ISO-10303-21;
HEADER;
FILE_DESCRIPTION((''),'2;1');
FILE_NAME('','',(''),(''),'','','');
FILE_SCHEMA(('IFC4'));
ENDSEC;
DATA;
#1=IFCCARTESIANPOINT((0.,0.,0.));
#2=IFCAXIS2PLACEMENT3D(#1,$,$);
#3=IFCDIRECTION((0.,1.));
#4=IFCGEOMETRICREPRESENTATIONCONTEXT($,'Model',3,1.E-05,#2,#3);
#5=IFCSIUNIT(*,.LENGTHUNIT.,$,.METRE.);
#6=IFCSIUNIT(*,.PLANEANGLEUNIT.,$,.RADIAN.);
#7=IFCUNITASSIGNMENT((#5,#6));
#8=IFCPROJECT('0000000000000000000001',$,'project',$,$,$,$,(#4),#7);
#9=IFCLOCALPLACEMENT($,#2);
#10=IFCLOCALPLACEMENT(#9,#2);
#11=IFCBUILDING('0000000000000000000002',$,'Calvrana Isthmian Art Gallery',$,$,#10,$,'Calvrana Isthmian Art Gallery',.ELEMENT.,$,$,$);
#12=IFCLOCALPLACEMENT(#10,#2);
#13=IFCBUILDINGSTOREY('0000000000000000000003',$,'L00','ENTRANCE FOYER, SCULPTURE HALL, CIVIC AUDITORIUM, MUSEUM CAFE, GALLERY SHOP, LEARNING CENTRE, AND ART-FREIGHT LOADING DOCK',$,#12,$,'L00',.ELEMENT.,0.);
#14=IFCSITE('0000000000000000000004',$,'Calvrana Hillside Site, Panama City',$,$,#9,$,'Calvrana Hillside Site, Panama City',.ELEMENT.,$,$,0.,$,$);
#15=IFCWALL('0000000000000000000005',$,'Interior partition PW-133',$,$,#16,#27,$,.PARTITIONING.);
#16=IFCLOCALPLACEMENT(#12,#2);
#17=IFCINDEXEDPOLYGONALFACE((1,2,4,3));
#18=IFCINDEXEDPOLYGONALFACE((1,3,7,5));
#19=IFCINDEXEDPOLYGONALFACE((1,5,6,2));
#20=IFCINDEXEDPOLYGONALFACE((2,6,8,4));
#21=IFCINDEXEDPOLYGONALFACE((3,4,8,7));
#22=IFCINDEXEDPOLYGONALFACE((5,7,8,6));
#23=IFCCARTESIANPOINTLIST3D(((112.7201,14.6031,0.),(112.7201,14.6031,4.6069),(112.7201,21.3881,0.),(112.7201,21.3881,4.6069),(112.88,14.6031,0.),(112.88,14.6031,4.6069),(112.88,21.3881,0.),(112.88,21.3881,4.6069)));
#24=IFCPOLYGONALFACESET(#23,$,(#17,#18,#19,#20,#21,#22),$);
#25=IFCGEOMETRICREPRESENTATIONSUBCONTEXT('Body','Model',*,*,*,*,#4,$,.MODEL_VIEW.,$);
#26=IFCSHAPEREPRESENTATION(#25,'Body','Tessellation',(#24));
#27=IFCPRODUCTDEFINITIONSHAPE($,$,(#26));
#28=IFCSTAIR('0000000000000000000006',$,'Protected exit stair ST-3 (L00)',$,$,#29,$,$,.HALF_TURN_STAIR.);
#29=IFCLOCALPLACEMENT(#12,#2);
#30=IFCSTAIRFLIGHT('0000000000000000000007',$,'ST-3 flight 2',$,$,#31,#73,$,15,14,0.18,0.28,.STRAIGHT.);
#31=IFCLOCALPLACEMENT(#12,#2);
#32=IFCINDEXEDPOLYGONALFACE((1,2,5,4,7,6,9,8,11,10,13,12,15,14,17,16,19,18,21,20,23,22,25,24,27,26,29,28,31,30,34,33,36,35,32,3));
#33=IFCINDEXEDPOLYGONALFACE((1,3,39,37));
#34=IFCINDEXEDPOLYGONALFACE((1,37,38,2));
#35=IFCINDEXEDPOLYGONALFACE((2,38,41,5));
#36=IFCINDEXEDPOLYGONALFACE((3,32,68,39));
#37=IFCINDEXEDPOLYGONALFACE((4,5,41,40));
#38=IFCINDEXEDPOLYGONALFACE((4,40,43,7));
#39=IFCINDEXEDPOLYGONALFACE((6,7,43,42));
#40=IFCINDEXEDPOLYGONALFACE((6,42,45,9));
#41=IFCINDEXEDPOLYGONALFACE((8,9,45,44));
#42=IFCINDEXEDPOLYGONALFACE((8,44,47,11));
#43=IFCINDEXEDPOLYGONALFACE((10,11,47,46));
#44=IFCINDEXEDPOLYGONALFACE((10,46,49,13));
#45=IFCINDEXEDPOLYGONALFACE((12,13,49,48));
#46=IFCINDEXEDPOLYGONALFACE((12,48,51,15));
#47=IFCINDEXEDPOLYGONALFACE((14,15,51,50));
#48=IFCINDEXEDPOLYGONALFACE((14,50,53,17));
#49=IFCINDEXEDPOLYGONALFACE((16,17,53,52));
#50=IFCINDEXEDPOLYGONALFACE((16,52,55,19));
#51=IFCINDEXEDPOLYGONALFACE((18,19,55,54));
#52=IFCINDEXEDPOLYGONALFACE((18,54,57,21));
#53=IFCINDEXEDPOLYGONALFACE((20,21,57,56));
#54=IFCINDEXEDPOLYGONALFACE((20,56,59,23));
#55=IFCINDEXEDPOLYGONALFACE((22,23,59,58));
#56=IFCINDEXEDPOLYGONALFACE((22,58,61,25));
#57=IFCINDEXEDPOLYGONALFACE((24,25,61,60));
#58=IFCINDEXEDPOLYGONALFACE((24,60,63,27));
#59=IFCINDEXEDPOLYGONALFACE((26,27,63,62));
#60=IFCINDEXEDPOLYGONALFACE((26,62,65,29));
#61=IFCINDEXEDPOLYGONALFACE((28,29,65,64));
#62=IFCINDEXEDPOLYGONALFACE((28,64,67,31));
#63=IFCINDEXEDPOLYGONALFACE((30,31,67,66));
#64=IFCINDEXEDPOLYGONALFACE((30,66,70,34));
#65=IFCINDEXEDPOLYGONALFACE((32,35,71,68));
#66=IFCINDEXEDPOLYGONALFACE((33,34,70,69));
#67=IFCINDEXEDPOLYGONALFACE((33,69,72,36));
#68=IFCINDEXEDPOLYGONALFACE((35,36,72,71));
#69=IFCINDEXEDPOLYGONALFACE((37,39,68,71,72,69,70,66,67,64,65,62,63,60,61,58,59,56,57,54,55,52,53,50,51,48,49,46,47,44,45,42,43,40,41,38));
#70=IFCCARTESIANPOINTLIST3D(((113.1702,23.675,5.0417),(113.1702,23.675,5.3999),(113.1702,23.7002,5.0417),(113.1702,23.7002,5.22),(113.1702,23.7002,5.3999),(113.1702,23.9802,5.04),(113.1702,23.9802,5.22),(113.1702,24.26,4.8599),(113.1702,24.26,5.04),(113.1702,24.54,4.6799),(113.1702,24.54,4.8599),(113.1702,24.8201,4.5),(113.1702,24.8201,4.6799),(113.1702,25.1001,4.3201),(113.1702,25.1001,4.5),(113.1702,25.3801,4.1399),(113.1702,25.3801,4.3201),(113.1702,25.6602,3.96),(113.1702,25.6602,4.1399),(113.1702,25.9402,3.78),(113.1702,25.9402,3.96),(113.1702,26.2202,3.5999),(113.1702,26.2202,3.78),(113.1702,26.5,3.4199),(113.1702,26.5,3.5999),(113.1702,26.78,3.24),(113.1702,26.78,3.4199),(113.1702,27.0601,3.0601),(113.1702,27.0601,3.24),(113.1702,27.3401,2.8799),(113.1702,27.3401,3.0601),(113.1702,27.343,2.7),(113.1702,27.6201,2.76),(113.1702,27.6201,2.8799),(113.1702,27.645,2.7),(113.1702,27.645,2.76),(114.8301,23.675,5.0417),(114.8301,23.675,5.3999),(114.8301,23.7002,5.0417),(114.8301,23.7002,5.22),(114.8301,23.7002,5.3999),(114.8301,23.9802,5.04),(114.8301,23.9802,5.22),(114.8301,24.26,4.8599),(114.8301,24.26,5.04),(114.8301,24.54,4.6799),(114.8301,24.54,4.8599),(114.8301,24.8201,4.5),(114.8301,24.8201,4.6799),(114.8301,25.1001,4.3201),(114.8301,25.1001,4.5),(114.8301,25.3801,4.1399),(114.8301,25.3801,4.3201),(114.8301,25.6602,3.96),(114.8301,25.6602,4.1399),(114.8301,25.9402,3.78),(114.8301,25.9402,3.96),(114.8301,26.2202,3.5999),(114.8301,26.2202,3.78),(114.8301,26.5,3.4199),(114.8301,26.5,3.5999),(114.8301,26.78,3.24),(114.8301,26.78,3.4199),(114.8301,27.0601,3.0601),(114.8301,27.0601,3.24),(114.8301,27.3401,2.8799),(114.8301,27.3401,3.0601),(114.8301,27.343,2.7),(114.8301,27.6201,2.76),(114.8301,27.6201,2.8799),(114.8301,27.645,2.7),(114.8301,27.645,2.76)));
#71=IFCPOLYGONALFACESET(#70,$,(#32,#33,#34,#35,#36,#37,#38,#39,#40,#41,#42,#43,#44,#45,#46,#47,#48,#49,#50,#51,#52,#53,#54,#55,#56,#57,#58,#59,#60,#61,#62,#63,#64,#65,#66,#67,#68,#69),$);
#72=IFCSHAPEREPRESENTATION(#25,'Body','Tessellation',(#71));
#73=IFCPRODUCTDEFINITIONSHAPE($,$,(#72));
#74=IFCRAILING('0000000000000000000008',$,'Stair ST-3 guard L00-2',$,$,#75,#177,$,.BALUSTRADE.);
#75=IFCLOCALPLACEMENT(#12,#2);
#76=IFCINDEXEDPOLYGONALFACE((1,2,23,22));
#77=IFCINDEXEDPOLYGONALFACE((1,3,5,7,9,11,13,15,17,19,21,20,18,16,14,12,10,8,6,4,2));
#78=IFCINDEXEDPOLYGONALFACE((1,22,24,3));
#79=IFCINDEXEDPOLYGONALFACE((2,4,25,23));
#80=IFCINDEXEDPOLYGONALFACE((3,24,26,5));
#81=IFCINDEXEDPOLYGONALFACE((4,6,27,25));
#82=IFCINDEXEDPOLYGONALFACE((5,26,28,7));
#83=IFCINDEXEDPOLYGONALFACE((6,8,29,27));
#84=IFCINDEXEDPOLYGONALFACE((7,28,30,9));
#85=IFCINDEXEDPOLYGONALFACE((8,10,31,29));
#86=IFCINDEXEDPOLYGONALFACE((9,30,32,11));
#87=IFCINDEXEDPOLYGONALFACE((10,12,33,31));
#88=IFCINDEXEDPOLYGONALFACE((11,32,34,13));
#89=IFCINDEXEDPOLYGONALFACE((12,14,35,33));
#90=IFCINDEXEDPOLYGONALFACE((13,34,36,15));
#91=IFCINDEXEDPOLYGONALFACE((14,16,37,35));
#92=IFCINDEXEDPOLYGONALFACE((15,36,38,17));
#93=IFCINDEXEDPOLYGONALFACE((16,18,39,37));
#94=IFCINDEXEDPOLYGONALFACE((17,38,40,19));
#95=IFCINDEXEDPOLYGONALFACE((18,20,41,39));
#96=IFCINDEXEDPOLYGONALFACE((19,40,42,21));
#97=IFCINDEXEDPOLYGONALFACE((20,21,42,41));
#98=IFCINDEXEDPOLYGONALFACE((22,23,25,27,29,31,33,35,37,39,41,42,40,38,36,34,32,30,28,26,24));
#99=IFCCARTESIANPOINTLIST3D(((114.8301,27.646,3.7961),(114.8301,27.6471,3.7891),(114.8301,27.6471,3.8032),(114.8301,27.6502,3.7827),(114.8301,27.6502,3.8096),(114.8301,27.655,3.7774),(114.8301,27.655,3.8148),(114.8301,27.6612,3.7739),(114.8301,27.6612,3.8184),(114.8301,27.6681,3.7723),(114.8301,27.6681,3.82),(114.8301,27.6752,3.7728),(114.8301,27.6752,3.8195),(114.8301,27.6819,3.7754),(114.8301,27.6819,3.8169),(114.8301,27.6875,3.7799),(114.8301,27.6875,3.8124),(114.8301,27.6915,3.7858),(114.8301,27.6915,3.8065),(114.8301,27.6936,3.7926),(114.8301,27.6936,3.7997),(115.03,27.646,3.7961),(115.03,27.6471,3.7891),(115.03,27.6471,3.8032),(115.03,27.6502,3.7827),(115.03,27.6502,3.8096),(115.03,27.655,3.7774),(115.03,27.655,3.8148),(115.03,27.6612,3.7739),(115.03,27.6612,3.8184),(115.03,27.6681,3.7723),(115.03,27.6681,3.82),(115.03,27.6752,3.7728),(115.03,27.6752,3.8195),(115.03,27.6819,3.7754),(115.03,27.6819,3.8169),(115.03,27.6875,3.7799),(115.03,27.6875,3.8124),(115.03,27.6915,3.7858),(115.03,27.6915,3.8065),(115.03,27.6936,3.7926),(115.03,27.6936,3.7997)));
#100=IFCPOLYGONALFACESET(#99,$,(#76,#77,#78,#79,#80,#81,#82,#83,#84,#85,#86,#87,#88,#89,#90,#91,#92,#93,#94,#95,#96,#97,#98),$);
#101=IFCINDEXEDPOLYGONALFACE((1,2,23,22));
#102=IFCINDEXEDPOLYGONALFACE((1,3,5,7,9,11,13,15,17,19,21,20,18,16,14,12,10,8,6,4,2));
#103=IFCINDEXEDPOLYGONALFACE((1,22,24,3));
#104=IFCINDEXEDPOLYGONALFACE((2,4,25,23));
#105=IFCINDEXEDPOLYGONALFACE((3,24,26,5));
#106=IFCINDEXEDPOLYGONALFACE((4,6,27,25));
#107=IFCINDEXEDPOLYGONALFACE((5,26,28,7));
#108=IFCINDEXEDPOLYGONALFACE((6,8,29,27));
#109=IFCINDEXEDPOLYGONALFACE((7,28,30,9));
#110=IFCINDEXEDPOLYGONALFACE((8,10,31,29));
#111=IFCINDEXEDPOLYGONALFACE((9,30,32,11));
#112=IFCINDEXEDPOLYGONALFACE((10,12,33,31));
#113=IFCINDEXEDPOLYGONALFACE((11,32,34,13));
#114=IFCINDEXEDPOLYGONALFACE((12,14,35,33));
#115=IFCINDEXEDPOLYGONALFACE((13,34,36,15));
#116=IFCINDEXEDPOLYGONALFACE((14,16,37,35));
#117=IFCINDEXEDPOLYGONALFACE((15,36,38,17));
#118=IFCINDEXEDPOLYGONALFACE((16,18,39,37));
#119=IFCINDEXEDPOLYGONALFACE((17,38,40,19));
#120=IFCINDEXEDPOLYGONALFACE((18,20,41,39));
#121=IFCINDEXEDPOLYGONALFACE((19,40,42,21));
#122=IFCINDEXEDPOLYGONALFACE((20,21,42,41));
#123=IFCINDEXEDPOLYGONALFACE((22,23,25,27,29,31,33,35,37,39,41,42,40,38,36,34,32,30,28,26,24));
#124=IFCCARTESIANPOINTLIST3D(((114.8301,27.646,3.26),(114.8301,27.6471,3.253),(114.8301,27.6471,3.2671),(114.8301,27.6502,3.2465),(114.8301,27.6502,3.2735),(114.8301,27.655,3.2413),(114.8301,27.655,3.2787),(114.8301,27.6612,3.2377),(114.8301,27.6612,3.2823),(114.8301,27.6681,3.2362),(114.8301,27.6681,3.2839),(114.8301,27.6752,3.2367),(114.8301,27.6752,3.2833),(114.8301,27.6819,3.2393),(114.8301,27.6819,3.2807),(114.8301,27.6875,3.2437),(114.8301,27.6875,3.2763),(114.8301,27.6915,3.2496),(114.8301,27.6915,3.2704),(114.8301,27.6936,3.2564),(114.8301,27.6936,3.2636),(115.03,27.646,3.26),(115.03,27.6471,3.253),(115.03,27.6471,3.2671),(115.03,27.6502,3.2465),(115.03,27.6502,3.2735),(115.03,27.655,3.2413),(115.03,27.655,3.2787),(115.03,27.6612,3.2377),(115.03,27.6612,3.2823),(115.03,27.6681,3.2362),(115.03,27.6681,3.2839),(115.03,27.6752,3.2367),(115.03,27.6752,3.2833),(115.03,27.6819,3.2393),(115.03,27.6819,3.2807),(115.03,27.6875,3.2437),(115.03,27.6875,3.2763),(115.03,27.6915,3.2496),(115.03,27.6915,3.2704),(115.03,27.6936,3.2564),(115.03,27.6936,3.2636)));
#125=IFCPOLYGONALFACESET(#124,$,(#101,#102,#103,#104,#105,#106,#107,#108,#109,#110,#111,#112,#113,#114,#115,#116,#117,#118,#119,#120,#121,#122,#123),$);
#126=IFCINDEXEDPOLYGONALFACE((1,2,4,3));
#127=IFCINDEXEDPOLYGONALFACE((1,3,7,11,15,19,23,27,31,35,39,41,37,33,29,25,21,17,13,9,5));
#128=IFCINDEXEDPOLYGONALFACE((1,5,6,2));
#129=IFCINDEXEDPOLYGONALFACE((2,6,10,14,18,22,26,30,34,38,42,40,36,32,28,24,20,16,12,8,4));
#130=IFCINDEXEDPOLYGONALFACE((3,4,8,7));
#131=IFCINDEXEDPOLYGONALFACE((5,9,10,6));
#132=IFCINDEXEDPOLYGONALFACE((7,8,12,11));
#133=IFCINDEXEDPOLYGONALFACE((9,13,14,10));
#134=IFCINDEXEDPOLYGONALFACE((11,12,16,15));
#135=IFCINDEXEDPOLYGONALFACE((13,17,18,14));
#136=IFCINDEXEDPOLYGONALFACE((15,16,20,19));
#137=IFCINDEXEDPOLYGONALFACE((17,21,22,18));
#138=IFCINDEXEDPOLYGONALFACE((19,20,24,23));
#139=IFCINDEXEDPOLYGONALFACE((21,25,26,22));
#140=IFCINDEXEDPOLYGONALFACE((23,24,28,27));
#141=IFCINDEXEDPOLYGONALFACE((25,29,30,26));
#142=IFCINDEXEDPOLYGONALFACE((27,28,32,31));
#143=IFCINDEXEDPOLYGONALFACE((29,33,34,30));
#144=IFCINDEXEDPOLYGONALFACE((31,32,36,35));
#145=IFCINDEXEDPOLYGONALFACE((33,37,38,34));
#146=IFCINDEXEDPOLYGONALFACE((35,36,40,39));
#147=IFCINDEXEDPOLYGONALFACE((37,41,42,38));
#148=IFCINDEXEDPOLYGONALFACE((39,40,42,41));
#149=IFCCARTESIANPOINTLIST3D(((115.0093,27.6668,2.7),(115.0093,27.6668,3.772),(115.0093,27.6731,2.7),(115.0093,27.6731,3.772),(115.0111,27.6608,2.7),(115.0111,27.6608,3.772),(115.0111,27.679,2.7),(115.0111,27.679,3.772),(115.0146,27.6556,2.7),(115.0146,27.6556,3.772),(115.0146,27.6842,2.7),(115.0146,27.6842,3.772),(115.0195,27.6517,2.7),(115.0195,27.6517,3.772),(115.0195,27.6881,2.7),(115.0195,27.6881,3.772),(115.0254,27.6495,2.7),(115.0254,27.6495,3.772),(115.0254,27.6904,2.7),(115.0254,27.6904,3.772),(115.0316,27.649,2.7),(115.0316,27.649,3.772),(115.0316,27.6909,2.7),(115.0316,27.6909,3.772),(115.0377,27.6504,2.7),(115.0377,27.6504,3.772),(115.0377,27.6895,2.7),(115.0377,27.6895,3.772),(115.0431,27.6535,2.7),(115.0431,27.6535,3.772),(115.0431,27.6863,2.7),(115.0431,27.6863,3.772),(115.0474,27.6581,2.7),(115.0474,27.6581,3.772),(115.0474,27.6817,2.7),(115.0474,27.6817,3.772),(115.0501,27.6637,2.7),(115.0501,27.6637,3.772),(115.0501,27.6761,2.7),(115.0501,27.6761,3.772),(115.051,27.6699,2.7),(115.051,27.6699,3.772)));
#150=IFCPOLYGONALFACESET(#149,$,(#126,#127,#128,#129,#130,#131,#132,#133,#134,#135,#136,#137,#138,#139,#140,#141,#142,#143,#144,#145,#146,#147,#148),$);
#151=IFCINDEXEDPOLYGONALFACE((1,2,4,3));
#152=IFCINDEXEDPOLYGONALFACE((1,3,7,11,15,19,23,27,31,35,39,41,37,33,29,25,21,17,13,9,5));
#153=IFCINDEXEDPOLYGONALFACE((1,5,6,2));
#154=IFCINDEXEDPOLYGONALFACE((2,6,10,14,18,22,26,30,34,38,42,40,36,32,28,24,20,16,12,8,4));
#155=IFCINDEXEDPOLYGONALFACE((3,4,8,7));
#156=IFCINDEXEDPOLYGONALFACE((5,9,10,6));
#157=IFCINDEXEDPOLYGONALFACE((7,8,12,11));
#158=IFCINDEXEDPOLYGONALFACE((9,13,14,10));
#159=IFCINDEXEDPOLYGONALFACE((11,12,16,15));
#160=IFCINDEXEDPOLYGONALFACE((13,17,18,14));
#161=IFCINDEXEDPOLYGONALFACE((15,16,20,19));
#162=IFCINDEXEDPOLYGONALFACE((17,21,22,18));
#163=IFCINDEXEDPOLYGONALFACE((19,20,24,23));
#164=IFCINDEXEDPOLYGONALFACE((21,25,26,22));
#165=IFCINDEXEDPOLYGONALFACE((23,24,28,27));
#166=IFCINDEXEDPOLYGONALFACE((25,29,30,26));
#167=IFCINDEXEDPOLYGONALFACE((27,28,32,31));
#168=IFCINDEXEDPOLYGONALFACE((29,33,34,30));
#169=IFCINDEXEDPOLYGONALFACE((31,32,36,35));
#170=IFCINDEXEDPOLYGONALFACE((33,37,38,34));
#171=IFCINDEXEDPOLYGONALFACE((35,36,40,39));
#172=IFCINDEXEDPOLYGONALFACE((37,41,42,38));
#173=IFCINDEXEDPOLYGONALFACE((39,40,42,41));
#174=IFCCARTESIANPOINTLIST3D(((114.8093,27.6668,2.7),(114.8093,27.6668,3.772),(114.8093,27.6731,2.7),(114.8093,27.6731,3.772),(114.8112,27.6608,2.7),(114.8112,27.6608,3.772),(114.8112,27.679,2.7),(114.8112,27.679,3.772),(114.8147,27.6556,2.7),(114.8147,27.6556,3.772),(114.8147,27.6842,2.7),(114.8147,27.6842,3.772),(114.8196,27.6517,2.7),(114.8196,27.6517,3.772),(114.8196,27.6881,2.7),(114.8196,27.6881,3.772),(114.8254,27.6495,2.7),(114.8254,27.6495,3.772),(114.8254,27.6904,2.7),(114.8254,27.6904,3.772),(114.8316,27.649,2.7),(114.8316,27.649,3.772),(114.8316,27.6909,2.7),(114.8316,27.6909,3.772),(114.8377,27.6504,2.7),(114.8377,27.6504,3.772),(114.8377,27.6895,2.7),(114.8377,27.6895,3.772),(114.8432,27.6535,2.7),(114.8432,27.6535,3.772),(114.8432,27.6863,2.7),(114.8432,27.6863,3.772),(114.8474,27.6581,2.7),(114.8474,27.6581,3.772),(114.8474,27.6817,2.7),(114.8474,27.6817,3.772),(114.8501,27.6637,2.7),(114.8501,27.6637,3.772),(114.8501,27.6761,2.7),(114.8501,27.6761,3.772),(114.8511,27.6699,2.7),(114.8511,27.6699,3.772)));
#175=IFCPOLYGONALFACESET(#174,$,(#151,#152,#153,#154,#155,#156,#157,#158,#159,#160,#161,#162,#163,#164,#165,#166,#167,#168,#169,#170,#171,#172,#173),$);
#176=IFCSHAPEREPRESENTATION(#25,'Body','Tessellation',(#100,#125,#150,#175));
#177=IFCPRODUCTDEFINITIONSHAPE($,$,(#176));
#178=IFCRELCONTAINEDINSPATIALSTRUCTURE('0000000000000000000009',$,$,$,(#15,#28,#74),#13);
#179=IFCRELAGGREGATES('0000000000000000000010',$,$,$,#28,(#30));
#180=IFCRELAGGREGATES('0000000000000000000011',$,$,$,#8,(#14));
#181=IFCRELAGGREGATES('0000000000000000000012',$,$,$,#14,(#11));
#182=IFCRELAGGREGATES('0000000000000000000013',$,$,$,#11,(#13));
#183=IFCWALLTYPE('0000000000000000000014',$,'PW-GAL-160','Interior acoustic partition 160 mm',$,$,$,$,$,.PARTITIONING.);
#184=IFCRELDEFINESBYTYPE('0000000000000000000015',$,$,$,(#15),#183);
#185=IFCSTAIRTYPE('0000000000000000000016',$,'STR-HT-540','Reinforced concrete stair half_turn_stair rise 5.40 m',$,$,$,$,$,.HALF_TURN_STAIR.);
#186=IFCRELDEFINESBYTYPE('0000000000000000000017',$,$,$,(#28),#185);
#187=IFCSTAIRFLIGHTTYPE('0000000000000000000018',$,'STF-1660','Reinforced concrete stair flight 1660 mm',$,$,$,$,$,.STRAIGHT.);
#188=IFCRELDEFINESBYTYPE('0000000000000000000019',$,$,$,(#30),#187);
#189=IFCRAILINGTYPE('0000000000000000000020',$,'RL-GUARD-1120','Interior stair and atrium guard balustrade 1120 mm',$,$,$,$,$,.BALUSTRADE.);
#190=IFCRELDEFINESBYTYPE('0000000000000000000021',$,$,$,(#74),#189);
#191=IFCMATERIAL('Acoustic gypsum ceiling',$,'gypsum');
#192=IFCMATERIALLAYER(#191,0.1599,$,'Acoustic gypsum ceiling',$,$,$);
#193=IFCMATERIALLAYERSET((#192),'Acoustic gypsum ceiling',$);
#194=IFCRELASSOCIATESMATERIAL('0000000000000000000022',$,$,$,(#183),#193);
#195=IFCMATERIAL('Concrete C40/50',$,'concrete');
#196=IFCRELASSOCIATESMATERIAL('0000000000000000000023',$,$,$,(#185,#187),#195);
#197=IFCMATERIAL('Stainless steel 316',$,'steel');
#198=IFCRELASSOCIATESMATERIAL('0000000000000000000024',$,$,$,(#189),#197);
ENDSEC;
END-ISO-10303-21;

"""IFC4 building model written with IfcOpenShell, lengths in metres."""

from ifc_helpers import new_model, si_unit, direction, frame, frame_2d, origin, origin_2d, place, context, subcontext, project, spatial, polyline, rectangle, circle, outline, extrude, material, layer, layer_set, type_object, element, aggregate, save


model = new_model("IFC4")

# Units and contexts
model_context = context("Model", 3, precision=1e-05, world=origin(), true_north=direction((0.0, 1.0)))
body_context = subcontext(model_context, "Body", "Model", "MODEL_VIEW")
ifc_project = project(units=[si_unit("LENGTHUNIT", "METRE"), si_unit("PLANEANGLEUNIT", "RADIAN")], contexts=[model_context])

# Site, building, storey
site_placement = place(None, origin())
site = spatial("IfcSite", under=ifc_project, at=site_placement, Name="Calvrana Hillside Site, Panama City", LongName="Calvrana Hillside Site, Panama City", CompositionType="ELEMENT", RefElevation=0.0)
building_placement = place(site_placement, origin())
building = spatial("IfcBuilding", under=site, at=building_placement, Name="Calvrana Isthmian Art Gallery", LongName="Calvrana Isthmian Art Gallery", CompositionType="ELEMENT")
storey_placement = place(building_placement, origin())
storey = spatial("IfcBuildingStorey", under=building, at=storey_placement, Name="L00", Description="ENTRANCE FOYER, SCULPTURE HALL, CIVIC AUDITORIUM, MUSEUM CAFE, GALLERY SHOP, LEARNING CENTRE, AND ART-FREIGHT LOADING DOCK", LongName="L00", CompositionType="ELEMENT", Elevation=0.0)

# Wall
ifc_material_1 = material(Name="Concrete C40/50", Category="concrete")
ifc_material_2 = material(Name="Acoustic gypsum ceiling", Category="gypsum")
ifc_layer_1 = layer(ifc_material_2, 0.1599, Name="Acoustic gypsum ceiling")
ifc_layer_set_1 = layer_set([ifc_layer_1], Name="Acoustic gypsum ceiling")
wall_type_1 = type_object("IfcWallType", Name="PW-GAL-160", Description="Interior acoustic partition 160 mm", PredefinedType="PARTITIONING", material=ifc_layer_set_1)
wall_1_placement = place(storey_placement, frame((112.8, 14.603, 0.0), z_axis=(0.0, 0.0, 1.0), x_axis=(0.0, 1.0, 0.0)))
element("IfcWall", 1, at=wall_1_placement, inside=storey, type_object=wall_type_1, Name="Interior partition PW-133", PredefinedType="PARTITIONING", context=body_context, shape_type="SweptSolid", body=[
    extrude(rectangle(XDim=6.7849, YDim=0.1599, at=frame_2d((3.3926, 0.0))), origin(), (0.0, 0.0, 1.0), 4.6069),
])

# Stair, stair flight
stair_type = type_object("IfcStairType", Name="STR-HT-540", Description="Reinforced concrete stair half_turn_stair rise 5.40 m", PredefinedType="HALF_TURN_STAIR", material=ifc_material_1)
stair_placement = place(storey_placement, origin())
stair = element("IfcStair", 2, at=stair_placement, inside=storey, type_object=stair_type, Name="Protected exit stair ST-3 (L00)", PredefinedType="HALF_TURN_STAIR")
stair_flight_type = type_object("IfcStairFlightType", Name="STF-1660", Description="Reinforced concrete stair flight 1660 mm", PredefinedType="STRAIGHT", material=ifc_material_1)
stair_flight_placement = place(storey_placement, frame((114.0, 27.6201, 2.7), z_axis=(0.0, 0.0, 1.0), x_axis=(0.0, -1.0, 0.0)))
stair_flight = element("IfcStairFlight", 3, at=stair_flight_placement, type_object=stair_flight_type, Name="ST-3 flight 2", NumberOfRisers=15, NumberOfTreads=14, PredefinedType="STRAIGHT", RiserHeight=0.18, TreadLength=0.28, context=body_context, shape_type="SweptSolid", body=[
    extrude(outline(polyline([(-0.0249, 0.0), (-0.0249, 0.0601), (0.0, 0.0601), (0.0, 0.1799), (0.28, 0.1799), (0.28, 0.3601), (0.5601, 0.3601), (0.5601, 0.54), (0.8401, 0.54), (0.8401, 0.72), (1.1201, 0.72), (1.1201, 0.8999), (1.3999, 0.8999), (1.3999, 1.0801), (1.6799, 1.0801), (1.6799, 1.26), (1.96, 1.26), (1.96, 1.4399), (2.24, 1.4399), (2.24, 1.6201), (2.52, 1.6201), (2.52, 1.8), (2.8, 1.8), (2.8, 1.98), (3.0801, 1.98), (3.0801, 2.1599), (3.3601, 2.1599), (3.3601, 2.3401), (3.6399, 2.3401), (3.6399, 2.52), (3.9199, 2.52), (3.9199, 2.7), (3.9451, 2.7), (3.9451, 2.3418), (3.9199, 2.3418), (0.2771, 0.0), (-0.0249, 0.0)])), frame((0.0, 0.8301, 0.0), z_axis=(0.0, -1.0, 0.0), x_axis=(1.0, 0.0, 0.0)), (0.0, 0.0, 1.0), 1.6599),
])
aggregate(stair, [stair_flight])

# Railing
ifc_material_3 = material(Name="Stainless steel 316", Category="steel")
railing_type_1 = type_object("IfcRailingType", Name="RL-GUARD-1120", Description="Interior stair and atrium guard balustrade 1120 mm", PredefinedType="BALUSTRADE", material=ifc_material_3)
railing_1_placement = place(storey_placement, frame((115.03, 27.6699, 2.7)))
element("IfcRailing", 4, at=railing_1_placement, inside=storey, type_object=railing_type_1, Name="Stair ST-3 guard L00-2", PredefinedType="BALUSTRADE", context=body_context, shape_type="SweptSolid", body=[
    extrude(circle(Radius=0.0239, at=origin_2d()), frame((0.0, 0.0, 1.0962), z_axis=(-1.0, 0.0, 0.0), x_axis=(0.0, -1.0, 0.0)), (0.0, 0.0, 1.0), 0.2),
    extrude(circle(Radius=0.0239, at=origin_2d()), frame((0.0, 0.0, 0.5601), z_axis=(-1.0, 0.0, 0.0), x_axis=(0.0, -1.0, 0.0)), (0.0, 0.0, 1.0), 0.2),
    extrude(circle(Radius=0.021, at=origin_2d()), origin(), (0.0, 0.0, 1.0), 1.072),
    extrude(circle(Radius=0.021, at=origin_2d()), frame((-0.2, 0.0, 0.0)), (0.0, 0.0, 1.0), 1.072),
])

save(model, "model.ifc")
